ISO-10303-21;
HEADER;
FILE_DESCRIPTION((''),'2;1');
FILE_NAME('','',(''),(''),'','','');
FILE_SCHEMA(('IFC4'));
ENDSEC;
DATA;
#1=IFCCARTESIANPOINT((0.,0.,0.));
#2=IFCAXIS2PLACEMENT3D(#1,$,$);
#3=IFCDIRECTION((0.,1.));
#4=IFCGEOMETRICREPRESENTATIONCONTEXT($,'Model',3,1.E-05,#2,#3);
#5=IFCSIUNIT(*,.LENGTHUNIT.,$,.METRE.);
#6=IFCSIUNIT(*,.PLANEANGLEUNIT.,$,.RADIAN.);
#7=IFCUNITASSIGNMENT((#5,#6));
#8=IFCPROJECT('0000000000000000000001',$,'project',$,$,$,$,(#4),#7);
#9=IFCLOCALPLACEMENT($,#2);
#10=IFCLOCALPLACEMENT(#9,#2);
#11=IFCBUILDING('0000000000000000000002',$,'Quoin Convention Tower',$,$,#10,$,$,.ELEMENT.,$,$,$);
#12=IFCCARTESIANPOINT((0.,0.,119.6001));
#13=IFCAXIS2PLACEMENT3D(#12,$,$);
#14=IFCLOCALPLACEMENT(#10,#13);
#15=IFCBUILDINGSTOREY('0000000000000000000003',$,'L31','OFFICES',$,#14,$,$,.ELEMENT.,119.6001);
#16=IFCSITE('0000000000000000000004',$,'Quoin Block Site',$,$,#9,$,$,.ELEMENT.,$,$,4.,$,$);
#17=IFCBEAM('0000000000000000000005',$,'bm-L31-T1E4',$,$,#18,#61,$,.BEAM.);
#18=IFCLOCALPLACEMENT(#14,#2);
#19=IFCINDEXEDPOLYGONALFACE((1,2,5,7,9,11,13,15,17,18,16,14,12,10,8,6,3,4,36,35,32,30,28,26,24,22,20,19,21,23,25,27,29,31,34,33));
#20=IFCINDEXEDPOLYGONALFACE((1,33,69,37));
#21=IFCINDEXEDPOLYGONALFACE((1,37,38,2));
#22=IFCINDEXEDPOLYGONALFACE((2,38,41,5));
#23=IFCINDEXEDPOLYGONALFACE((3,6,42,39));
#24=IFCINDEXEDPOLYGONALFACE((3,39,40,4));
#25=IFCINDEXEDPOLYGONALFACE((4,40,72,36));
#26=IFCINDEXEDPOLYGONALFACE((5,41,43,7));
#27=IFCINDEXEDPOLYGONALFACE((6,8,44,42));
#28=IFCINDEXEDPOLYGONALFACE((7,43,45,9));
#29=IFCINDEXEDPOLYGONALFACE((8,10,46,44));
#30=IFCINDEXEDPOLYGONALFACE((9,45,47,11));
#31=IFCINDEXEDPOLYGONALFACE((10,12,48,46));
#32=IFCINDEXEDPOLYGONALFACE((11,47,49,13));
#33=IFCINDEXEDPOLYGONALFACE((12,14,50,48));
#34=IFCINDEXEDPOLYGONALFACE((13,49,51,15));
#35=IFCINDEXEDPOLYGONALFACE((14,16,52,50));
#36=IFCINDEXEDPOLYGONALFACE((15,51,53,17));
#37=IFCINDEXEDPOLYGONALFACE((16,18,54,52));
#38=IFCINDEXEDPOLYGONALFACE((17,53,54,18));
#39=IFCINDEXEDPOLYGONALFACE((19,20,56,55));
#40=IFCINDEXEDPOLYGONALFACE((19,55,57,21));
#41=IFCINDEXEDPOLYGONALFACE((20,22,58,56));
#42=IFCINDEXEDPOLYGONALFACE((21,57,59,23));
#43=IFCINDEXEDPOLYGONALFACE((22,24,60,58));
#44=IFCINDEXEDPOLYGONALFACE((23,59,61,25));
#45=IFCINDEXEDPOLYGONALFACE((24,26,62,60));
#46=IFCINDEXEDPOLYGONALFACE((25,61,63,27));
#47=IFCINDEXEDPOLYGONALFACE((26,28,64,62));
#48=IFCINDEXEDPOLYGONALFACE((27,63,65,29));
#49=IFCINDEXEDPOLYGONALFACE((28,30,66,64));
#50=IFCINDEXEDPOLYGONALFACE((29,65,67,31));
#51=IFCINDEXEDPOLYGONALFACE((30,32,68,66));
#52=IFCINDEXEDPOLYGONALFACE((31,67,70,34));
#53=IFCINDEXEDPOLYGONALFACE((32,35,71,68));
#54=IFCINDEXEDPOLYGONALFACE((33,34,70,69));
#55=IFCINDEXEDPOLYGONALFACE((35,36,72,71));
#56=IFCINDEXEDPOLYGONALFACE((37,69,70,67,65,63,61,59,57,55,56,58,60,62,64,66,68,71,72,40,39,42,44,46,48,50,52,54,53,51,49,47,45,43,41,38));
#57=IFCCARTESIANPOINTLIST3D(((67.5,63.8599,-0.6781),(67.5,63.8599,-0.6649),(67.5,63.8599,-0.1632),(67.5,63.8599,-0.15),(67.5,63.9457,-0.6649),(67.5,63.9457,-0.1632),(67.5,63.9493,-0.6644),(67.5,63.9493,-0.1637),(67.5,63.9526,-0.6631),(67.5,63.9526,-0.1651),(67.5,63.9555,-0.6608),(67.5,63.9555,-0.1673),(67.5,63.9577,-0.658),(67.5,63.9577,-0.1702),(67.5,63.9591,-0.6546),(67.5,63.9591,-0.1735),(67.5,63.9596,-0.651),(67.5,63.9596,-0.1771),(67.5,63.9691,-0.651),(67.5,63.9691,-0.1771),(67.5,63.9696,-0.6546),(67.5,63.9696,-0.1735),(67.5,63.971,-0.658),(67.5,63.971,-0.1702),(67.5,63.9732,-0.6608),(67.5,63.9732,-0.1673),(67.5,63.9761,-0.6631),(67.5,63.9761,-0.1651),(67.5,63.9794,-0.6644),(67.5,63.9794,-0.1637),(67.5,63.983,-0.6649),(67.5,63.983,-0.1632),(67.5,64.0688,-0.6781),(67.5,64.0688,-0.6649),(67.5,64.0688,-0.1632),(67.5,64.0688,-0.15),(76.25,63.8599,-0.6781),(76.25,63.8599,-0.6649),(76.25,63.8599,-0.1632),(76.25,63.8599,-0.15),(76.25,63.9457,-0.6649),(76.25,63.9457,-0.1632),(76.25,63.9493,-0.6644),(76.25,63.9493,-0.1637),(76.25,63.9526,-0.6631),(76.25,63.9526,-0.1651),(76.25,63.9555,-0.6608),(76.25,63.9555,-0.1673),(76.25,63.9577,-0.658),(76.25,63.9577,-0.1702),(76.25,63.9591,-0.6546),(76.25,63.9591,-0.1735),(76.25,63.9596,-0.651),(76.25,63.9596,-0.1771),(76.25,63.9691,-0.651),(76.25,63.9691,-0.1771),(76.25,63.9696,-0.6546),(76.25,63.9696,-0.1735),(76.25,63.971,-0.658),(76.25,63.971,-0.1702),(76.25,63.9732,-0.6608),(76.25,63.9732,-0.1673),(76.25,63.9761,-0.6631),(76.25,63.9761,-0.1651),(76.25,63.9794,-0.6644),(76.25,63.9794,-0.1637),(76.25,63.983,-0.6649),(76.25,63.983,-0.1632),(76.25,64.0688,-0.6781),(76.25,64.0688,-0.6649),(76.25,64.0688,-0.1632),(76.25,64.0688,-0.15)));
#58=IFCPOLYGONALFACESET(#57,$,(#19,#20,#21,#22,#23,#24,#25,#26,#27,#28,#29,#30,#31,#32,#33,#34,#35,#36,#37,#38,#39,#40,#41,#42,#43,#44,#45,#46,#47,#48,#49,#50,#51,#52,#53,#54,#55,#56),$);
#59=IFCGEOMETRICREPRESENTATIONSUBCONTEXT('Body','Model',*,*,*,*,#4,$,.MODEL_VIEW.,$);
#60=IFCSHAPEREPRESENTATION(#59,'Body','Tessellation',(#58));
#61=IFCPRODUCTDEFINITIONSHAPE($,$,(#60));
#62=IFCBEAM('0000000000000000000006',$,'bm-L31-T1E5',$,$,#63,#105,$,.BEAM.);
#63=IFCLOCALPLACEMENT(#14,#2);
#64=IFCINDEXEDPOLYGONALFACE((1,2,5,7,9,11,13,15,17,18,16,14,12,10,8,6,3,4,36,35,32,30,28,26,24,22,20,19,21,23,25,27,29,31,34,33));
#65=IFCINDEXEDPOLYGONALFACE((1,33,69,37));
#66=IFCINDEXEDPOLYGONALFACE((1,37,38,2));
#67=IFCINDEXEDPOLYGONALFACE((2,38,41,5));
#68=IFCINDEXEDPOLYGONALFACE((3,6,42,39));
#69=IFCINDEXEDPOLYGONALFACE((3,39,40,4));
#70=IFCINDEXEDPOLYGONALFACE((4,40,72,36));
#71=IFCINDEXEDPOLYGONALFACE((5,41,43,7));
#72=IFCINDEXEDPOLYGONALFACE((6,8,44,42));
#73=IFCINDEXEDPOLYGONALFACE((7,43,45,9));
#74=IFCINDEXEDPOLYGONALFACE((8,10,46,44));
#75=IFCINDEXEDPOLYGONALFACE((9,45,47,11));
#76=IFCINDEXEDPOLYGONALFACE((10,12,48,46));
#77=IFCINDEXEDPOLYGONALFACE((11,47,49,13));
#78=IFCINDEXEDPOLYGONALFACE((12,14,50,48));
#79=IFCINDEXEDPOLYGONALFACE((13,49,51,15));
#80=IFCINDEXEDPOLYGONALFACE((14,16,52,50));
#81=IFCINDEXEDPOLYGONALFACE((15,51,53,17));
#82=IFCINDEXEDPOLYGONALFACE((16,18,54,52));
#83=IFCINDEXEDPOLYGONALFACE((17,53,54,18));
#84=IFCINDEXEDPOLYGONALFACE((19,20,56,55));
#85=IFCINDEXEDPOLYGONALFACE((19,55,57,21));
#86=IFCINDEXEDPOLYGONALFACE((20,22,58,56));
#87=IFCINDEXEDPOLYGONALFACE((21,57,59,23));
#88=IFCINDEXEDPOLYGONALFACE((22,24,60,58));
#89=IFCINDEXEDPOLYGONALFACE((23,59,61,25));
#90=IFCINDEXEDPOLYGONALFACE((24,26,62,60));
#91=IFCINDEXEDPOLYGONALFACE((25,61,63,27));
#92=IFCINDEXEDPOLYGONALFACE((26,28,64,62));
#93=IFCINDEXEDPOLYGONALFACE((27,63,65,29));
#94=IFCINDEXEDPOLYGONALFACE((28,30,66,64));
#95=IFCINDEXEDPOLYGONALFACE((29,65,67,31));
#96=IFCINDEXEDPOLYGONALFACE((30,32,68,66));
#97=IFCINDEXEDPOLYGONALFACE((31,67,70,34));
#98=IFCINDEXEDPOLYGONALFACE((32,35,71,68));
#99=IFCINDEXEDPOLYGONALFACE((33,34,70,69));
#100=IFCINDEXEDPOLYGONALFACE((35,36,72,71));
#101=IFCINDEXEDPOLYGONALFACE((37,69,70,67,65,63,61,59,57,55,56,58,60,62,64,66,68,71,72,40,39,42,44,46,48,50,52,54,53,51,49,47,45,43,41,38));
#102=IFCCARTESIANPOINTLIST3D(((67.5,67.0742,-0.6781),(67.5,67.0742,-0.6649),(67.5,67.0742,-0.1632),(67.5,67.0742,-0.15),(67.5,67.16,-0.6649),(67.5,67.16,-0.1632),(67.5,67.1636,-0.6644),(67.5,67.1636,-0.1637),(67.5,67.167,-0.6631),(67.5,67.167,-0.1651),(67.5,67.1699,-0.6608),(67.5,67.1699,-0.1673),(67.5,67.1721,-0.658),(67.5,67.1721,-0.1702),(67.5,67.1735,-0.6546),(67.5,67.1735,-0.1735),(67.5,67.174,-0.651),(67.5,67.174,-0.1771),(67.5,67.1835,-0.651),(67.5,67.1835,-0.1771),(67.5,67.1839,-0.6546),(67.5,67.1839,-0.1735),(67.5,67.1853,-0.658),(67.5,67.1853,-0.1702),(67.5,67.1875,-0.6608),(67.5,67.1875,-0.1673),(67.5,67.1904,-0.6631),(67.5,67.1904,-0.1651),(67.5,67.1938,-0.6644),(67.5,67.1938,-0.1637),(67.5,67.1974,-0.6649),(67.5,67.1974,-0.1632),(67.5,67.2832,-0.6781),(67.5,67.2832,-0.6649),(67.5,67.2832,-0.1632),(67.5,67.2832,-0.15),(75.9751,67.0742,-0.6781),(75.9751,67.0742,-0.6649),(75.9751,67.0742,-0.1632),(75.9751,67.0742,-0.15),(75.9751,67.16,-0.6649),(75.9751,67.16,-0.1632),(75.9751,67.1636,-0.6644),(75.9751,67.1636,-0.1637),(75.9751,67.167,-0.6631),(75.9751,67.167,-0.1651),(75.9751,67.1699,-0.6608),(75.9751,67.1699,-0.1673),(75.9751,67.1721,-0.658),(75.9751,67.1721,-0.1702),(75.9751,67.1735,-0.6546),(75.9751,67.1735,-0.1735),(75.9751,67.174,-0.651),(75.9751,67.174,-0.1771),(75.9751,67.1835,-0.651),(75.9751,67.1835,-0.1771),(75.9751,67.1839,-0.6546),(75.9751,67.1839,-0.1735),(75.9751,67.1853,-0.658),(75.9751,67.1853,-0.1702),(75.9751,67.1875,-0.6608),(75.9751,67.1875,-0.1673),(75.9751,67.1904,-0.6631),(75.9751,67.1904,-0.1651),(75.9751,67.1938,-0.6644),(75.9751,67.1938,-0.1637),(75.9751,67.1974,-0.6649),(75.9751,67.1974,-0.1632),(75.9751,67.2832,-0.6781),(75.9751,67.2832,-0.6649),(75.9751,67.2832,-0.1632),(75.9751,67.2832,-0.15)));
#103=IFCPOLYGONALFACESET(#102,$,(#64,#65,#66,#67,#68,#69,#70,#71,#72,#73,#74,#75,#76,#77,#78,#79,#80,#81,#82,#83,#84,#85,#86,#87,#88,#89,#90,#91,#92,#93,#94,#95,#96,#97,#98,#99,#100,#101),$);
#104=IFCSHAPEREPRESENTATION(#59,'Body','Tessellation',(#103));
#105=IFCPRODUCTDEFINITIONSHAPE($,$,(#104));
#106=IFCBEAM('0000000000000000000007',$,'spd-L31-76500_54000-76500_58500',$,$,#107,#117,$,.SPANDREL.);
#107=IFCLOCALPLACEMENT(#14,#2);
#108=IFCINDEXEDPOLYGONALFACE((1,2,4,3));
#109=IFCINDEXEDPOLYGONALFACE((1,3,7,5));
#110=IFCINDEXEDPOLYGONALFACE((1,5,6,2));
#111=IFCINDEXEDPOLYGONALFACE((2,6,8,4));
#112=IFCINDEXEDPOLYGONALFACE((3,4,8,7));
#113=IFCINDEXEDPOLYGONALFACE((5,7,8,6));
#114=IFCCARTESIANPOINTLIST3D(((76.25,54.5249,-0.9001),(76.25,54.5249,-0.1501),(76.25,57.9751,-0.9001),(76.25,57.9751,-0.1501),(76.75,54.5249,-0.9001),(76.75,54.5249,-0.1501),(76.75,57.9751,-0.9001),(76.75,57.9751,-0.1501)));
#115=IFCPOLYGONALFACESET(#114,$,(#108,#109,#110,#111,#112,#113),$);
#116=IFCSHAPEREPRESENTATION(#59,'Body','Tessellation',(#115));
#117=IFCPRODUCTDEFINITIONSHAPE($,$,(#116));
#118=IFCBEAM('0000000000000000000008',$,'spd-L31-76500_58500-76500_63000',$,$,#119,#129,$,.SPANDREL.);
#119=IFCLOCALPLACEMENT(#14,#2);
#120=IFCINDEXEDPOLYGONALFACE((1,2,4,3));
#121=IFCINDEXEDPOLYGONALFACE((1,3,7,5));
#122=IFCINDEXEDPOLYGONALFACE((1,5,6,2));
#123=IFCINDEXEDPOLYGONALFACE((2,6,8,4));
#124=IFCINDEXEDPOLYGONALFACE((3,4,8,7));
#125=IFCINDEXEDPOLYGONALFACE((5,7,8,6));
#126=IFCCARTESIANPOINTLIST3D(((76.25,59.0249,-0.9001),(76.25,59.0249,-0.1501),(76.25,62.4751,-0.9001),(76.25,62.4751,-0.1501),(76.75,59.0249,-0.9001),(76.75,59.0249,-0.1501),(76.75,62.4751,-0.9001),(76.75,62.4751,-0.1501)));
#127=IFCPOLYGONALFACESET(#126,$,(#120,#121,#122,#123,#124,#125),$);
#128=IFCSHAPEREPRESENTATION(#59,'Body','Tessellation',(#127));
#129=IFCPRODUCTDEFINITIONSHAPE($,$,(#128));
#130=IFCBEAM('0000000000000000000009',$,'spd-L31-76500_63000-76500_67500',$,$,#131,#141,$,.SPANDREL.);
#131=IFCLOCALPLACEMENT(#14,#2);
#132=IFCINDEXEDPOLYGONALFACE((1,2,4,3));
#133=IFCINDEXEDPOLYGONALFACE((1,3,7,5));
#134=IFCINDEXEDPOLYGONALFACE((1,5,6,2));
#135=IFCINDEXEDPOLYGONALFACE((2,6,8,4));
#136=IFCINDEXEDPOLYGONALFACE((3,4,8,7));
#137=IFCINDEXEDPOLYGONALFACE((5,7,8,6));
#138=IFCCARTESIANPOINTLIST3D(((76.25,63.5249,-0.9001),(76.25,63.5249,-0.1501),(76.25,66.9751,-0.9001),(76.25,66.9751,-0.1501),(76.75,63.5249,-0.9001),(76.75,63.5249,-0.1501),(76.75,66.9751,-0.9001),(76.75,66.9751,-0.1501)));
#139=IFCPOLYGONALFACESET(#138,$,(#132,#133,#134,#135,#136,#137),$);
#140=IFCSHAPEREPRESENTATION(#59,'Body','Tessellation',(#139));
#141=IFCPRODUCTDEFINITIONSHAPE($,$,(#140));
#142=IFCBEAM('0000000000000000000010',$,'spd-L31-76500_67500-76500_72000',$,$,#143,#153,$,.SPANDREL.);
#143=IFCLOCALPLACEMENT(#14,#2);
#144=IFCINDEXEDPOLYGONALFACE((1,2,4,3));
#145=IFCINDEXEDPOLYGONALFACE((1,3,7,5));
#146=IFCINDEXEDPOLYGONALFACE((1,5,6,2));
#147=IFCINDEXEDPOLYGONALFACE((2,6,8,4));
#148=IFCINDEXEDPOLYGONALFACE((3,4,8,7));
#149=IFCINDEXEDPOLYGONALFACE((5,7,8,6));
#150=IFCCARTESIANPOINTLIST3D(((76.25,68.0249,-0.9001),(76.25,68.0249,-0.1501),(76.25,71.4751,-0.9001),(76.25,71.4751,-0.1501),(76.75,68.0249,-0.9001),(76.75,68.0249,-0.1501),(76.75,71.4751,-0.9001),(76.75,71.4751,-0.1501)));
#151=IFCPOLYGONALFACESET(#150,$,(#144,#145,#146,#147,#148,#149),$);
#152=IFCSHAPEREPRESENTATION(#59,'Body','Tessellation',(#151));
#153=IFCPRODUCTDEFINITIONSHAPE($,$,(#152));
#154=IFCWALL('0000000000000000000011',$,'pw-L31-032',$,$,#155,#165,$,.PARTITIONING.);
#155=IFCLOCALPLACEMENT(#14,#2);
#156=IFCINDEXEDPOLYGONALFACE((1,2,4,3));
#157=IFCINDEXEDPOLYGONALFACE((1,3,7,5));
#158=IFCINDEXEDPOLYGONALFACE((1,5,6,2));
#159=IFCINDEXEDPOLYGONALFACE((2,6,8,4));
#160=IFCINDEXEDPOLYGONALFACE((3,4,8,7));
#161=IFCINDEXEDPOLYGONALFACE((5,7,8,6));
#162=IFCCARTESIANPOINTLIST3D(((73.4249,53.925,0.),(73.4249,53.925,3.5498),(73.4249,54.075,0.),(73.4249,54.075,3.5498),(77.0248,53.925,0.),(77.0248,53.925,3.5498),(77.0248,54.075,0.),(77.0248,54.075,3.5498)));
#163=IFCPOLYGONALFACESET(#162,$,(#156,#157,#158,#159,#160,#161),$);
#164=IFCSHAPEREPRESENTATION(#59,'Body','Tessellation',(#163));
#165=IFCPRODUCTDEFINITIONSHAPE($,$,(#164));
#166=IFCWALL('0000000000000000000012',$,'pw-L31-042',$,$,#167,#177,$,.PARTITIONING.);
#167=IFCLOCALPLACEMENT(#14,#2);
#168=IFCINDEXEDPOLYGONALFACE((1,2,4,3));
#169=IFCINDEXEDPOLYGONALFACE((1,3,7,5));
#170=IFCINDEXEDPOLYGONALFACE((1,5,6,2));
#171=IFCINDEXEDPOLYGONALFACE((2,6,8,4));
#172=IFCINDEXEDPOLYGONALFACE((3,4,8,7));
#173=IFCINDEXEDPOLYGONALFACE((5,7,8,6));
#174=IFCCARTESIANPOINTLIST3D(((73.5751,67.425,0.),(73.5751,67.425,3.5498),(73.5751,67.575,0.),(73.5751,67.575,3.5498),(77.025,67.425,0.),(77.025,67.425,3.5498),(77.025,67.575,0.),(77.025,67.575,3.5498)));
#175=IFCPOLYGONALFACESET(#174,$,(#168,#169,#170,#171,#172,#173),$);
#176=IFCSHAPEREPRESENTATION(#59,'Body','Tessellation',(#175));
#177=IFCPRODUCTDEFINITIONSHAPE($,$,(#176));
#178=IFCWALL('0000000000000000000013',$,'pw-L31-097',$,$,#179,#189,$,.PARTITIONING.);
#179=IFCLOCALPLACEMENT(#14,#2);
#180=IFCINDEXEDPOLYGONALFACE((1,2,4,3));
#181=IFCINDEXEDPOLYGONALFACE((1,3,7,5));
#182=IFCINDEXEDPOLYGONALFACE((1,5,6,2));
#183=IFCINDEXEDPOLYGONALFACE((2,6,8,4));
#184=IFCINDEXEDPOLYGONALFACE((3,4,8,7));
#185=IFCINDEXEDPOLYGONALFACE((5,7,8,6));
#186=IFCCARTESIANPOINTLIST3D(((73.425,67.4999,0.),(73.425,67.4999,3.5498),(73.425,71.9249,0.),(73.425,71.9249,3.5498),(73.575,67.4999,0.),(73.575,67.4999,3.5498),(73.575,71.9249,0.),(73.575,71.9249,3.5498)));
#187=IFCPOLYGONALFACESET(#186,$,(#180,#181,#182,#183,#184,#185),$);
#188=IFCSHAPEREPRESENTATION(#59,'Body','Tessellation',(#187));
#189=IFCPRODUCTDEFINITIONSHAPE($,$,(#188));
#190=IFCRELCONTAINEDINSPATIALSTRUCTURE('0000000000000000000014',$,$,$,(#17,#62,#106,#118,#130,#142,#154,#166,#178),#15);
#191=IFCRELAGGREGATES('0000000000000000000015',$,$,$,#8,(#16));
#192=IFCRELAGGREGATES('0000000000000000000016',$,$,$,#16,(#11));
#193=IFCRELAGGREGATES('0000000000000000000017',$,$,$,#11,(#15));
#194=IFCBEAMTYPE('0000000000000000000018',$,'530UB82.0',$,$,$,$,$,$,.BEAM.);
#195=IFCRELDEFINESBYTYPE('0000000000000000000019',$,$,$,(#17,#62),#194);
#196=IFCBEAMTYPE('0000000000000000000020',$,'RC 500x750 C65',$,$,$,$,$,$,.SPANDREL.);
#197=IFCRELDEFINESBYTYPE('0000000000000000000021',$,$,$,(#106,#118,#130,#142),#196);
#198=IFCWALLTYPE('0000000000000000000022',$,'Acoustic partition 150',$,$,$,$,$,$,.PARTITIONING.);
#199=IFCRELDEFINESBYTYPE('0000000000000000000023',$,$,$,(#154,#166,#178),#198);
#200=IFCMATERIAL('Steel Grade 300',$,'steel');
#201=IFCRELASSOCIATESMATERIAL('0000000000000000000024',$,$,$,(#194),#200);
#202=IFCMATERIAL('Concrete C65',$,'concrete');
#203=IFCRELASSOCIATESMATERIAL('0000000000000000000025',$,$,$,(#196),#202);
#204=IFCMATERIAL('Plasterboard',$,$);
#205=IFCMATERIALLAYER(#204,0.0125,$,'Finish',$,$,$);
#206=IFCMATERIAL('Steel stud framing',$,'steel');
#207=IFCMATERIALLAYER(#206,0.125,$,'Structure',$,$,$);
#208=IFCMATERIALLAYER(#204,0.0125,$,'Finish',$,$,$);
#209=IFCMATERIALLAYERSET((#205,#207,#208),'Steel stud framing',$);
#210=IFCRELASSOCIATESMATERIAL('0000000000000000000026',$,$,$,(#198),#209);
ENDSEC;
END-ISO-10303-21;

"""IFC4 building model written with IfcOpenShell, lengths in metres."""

from ifc_helpers import new_model, si_unit, direction, frame, frame_2d, origin, origin_2d, place, context, subcontext, project, spatial, rectangle, i_section, extrude, material, layer, layer_set, material_profile, profile_set, type_object, element, save


model = new_model("IFC4")

# Units and contexts
model_context = context("Model", 3, precision=1e-05, world=origin(), true_north=direction((0.0, 1.0)))
body_context = subcontext(model_context, "Body", "Model", "MODEL_VIEW")
ifc_project = project(units=[si_unit("LENGTHUNIT", "METRE"), si_unit("PLANEANGLEUNIT", "RADIAN")], contexts=[model_context])

# Site, building, storey
site_placement = place(None, origin())
site = spatial("IfcSite", under=ifc_project, at=site_placement, Name="Quoin Block Site", CompositionType="ELEMENT", RefElevation=4.0)
building_placement = place(site_placement, origin())
building = spatial("IfcBuilding", under=site, at=building_placement, Name="Quoin Convention Tower", CompositionType="ELEMENT")
storey_placement = place(building_placement, frame((0.0, 0.0, 119.6001)))
storey = spatial("IfcBuildingStorey", under=building, at=storey_placement, Name="L31", Description="OFFICES", CompositionType="ELEMENT", Elevation=119.6001)

# Shared definitions
ifc_material_1 = material(Name="Concrete C65", Category="concrete")

# Beams
ifc_material_2 = material(Name="Steel Grade 300", Category="steel")
ifc_material_profile_1 = material_profile(ifc_material_2, i_section(OverallWidth=0.209, OverallDepth=0.5281, WebThickness=0.0095, FlangeThickness=0.0132, FilletRadius=0.0139, at=origin_2d()), Name="530UB82.0")
ifc_profile_set_1 = profile_set([ifc_material_profile_1], Name="Steel Grade 300")
beam_type_1 = type_object("IfcBeamType", Name="530UB82.0", PredefinedType="BEAM", material=ifc_profile_set_1)
for number, where, z_axis, x_axis, name in (
    (1, (67.5, 63.9644, -0.4141), (1.0, 0.0, 0.0), (0.0, 1.0, 0.0), "bm-L31-T1E4"),
):
    element("IfcBeam", number, at=place(storey_placement, frame(where, z_axis=z_axis, x_axis=x_axis)), inside=storey, type_object=beam_type_1, Name=name, PredefinedType="BEAM", context=body_context, shape_type="SweptSolid", body=[
        extrude(i_section(OverallWidth=0.209, OverallDepth=0.5281, WebThickness=0.0095, FlangeThickness=0.0132, FilletRadius=0.0139, at=origin_2d()), origin(), (0.0, 0.0, 1.0), 8.75),
    ])
beam_1_placement = place(storey_placement, frame((67.5, 67.1787, -0.4141), z_axis=(1.0, 0.0, 0.0), x_axis=(0.0, 1.0, 0.0)))
element("IfcBeam", 2, at=beam_1_placement, inside=storey, type_object=beam_type_1, Name="bm-L31-T1E5", PredefinedType="BEAM", context=body_context, shape_type="SweptSolid", body=[
    extrude(i_section(OverallWidth=0.209, OverallDepth=0.5281, WebThickness=0.0095, FlangeThickness=0.0132, FilletRadius=0.0139, at=origin_2d()), origin(), (0.0, 0.0, 1.0), 8.4751),
])
ifc_material_profile_2 = material_profile(ifc_material_1, rectangle(XDim=0.5, YDim=0.75, at=origin_2d()), Name="RC 500x750")
ifc_profile_set_2 = profile_set([ifc_material_profile_2], Name="Concrete C65")
beam_type_2 = type_object("IfcBeamType", Name="RC 500x750 C65", PredefinedType="SPANDREL", material=ifc_profile_set_2)
for number, where, z_axis, x_axis, name in (
    (3, (76.5, 54.5249, -0.5251), (0.0, 1.0, 0.0), (-1.0, 0.0, 0.0), "spd-L31-76500_54000-76500_58500"),
    (4, (76.5, 59.0249, -0.5251), (0.0, 1.0, 0.0), (-1.0, 0.0, 0.0), "spd-L31-76500_58500-76500_63000"),
    (5, (76.5, 63.5249, -0.5251), (0.0, 1.0, 0.0), (-1.0, 0.0, 0.0), "spd-L31-76500_63000-76500_67500"),
    (6, (76.5, 68.0249, -0.5251), (0.0, 1.0, 0.0), (-1.0, 0.0, 0.0), "spd-L31-76500_67500-76500_72000"),
):
    element("IfcBeam", number, at=place(storey_placement, frame(where, z_axis=z_axis, x_axis=x_axis)), inside=storey, type_object=beam_type_2, Name=name, PredefinedType="SPANDREL", context=body_context, shape_type="SweptSolid", body=[
        extrude(rectangle(XDim=0.5, YDim=0.75, at=origin_2d()), origin(), (0.0, 0.0, 1.0), 3.4502),
    ])

# Walls
ifc_material_3 = material(Name="Plasterboard")
ifc_layer_1 = layer(ifc_material_3, 0.0125, Name="Finish")
ifc_material_4 = material(Name="Steel stud framing", Category="steel")
ifc_layer_2 = layer(ifc_material_4, 0.125, Name="Structure")
ifc_layer_3 = layer(ifc_material_3, 0.0125, Name="Finish")
ifc_layer_set_1 = layer_set([ifc_layer_1, ifc_layer_2, ifc_layer_3], Name="Steel stud framing")
wall_type_1 = type_object("IfcWallType", Name="Acoustic partition 150", PredefinedType="PARTITIONING", material=ifc_layer_set_1)
wall_1_placement = place(storey_placement, frame((73.425, 54.0, 0.0), z_axis=(0.0, 0.0, 1.0), x_axis=(1.0, 0.0, 0.0)))
element("IfcWall", 7, at=wall_1_placement, inside=storey, type_object=wall_type_1, Name="pw-L31-032", PredefinedType="PARTITIONING", context=body_context, shape_type="SweptSolid", body=[
    extrude(rectangle(XDim=3.5999, YDim=0.1499, at=frame_2d((1.7998, 0.0))), origin(), (0.0, 0.0, 1.0), 3.5498),
])
wall_2_placement = place(storey_placement, frame((73.575, 67.5, 0.0), z_axis=(0.0, 0.0, 1.0), x_axis=(1.0, 0.0, 0.0)))
element("IfcWall", 8, at=wall_2_placement, inside=storey, type_object=wall_type_1, Name="pw-L31-042", PredefinedType="PARTITIONING", context=body_context, shape_type="SweptSolid", body=[
    extrude(rectangle(XDim=3.45, YDim=0.1499, at=frame_2d((1.7251, 0.0))), origin(), (0.0, 0.0, 1.0), 3.5498),
])
wall_3_placement = place(storey_placement, frame((73.5, 67.5, 0.0), z_axis=(0.0, 0.0, 1.0), x_axis=(0.0, 1.0, 0.0)))
element("IfcWall", 9, at=wall_3_placement, inside=storey, type_object=wall_type_1, Name="pw-L31-097", PredefinedType="PARTITIONING", context=body_context, shape_type="SweptSolid", body=[
    extrude(rectangle(XDim=4.425, YDim=0.1499, at=frame_2d((2.2124, 0.0))), origin(), (0.0, 0.0, 1.0), 3.5498),
])

save(model, "model.ifc")
